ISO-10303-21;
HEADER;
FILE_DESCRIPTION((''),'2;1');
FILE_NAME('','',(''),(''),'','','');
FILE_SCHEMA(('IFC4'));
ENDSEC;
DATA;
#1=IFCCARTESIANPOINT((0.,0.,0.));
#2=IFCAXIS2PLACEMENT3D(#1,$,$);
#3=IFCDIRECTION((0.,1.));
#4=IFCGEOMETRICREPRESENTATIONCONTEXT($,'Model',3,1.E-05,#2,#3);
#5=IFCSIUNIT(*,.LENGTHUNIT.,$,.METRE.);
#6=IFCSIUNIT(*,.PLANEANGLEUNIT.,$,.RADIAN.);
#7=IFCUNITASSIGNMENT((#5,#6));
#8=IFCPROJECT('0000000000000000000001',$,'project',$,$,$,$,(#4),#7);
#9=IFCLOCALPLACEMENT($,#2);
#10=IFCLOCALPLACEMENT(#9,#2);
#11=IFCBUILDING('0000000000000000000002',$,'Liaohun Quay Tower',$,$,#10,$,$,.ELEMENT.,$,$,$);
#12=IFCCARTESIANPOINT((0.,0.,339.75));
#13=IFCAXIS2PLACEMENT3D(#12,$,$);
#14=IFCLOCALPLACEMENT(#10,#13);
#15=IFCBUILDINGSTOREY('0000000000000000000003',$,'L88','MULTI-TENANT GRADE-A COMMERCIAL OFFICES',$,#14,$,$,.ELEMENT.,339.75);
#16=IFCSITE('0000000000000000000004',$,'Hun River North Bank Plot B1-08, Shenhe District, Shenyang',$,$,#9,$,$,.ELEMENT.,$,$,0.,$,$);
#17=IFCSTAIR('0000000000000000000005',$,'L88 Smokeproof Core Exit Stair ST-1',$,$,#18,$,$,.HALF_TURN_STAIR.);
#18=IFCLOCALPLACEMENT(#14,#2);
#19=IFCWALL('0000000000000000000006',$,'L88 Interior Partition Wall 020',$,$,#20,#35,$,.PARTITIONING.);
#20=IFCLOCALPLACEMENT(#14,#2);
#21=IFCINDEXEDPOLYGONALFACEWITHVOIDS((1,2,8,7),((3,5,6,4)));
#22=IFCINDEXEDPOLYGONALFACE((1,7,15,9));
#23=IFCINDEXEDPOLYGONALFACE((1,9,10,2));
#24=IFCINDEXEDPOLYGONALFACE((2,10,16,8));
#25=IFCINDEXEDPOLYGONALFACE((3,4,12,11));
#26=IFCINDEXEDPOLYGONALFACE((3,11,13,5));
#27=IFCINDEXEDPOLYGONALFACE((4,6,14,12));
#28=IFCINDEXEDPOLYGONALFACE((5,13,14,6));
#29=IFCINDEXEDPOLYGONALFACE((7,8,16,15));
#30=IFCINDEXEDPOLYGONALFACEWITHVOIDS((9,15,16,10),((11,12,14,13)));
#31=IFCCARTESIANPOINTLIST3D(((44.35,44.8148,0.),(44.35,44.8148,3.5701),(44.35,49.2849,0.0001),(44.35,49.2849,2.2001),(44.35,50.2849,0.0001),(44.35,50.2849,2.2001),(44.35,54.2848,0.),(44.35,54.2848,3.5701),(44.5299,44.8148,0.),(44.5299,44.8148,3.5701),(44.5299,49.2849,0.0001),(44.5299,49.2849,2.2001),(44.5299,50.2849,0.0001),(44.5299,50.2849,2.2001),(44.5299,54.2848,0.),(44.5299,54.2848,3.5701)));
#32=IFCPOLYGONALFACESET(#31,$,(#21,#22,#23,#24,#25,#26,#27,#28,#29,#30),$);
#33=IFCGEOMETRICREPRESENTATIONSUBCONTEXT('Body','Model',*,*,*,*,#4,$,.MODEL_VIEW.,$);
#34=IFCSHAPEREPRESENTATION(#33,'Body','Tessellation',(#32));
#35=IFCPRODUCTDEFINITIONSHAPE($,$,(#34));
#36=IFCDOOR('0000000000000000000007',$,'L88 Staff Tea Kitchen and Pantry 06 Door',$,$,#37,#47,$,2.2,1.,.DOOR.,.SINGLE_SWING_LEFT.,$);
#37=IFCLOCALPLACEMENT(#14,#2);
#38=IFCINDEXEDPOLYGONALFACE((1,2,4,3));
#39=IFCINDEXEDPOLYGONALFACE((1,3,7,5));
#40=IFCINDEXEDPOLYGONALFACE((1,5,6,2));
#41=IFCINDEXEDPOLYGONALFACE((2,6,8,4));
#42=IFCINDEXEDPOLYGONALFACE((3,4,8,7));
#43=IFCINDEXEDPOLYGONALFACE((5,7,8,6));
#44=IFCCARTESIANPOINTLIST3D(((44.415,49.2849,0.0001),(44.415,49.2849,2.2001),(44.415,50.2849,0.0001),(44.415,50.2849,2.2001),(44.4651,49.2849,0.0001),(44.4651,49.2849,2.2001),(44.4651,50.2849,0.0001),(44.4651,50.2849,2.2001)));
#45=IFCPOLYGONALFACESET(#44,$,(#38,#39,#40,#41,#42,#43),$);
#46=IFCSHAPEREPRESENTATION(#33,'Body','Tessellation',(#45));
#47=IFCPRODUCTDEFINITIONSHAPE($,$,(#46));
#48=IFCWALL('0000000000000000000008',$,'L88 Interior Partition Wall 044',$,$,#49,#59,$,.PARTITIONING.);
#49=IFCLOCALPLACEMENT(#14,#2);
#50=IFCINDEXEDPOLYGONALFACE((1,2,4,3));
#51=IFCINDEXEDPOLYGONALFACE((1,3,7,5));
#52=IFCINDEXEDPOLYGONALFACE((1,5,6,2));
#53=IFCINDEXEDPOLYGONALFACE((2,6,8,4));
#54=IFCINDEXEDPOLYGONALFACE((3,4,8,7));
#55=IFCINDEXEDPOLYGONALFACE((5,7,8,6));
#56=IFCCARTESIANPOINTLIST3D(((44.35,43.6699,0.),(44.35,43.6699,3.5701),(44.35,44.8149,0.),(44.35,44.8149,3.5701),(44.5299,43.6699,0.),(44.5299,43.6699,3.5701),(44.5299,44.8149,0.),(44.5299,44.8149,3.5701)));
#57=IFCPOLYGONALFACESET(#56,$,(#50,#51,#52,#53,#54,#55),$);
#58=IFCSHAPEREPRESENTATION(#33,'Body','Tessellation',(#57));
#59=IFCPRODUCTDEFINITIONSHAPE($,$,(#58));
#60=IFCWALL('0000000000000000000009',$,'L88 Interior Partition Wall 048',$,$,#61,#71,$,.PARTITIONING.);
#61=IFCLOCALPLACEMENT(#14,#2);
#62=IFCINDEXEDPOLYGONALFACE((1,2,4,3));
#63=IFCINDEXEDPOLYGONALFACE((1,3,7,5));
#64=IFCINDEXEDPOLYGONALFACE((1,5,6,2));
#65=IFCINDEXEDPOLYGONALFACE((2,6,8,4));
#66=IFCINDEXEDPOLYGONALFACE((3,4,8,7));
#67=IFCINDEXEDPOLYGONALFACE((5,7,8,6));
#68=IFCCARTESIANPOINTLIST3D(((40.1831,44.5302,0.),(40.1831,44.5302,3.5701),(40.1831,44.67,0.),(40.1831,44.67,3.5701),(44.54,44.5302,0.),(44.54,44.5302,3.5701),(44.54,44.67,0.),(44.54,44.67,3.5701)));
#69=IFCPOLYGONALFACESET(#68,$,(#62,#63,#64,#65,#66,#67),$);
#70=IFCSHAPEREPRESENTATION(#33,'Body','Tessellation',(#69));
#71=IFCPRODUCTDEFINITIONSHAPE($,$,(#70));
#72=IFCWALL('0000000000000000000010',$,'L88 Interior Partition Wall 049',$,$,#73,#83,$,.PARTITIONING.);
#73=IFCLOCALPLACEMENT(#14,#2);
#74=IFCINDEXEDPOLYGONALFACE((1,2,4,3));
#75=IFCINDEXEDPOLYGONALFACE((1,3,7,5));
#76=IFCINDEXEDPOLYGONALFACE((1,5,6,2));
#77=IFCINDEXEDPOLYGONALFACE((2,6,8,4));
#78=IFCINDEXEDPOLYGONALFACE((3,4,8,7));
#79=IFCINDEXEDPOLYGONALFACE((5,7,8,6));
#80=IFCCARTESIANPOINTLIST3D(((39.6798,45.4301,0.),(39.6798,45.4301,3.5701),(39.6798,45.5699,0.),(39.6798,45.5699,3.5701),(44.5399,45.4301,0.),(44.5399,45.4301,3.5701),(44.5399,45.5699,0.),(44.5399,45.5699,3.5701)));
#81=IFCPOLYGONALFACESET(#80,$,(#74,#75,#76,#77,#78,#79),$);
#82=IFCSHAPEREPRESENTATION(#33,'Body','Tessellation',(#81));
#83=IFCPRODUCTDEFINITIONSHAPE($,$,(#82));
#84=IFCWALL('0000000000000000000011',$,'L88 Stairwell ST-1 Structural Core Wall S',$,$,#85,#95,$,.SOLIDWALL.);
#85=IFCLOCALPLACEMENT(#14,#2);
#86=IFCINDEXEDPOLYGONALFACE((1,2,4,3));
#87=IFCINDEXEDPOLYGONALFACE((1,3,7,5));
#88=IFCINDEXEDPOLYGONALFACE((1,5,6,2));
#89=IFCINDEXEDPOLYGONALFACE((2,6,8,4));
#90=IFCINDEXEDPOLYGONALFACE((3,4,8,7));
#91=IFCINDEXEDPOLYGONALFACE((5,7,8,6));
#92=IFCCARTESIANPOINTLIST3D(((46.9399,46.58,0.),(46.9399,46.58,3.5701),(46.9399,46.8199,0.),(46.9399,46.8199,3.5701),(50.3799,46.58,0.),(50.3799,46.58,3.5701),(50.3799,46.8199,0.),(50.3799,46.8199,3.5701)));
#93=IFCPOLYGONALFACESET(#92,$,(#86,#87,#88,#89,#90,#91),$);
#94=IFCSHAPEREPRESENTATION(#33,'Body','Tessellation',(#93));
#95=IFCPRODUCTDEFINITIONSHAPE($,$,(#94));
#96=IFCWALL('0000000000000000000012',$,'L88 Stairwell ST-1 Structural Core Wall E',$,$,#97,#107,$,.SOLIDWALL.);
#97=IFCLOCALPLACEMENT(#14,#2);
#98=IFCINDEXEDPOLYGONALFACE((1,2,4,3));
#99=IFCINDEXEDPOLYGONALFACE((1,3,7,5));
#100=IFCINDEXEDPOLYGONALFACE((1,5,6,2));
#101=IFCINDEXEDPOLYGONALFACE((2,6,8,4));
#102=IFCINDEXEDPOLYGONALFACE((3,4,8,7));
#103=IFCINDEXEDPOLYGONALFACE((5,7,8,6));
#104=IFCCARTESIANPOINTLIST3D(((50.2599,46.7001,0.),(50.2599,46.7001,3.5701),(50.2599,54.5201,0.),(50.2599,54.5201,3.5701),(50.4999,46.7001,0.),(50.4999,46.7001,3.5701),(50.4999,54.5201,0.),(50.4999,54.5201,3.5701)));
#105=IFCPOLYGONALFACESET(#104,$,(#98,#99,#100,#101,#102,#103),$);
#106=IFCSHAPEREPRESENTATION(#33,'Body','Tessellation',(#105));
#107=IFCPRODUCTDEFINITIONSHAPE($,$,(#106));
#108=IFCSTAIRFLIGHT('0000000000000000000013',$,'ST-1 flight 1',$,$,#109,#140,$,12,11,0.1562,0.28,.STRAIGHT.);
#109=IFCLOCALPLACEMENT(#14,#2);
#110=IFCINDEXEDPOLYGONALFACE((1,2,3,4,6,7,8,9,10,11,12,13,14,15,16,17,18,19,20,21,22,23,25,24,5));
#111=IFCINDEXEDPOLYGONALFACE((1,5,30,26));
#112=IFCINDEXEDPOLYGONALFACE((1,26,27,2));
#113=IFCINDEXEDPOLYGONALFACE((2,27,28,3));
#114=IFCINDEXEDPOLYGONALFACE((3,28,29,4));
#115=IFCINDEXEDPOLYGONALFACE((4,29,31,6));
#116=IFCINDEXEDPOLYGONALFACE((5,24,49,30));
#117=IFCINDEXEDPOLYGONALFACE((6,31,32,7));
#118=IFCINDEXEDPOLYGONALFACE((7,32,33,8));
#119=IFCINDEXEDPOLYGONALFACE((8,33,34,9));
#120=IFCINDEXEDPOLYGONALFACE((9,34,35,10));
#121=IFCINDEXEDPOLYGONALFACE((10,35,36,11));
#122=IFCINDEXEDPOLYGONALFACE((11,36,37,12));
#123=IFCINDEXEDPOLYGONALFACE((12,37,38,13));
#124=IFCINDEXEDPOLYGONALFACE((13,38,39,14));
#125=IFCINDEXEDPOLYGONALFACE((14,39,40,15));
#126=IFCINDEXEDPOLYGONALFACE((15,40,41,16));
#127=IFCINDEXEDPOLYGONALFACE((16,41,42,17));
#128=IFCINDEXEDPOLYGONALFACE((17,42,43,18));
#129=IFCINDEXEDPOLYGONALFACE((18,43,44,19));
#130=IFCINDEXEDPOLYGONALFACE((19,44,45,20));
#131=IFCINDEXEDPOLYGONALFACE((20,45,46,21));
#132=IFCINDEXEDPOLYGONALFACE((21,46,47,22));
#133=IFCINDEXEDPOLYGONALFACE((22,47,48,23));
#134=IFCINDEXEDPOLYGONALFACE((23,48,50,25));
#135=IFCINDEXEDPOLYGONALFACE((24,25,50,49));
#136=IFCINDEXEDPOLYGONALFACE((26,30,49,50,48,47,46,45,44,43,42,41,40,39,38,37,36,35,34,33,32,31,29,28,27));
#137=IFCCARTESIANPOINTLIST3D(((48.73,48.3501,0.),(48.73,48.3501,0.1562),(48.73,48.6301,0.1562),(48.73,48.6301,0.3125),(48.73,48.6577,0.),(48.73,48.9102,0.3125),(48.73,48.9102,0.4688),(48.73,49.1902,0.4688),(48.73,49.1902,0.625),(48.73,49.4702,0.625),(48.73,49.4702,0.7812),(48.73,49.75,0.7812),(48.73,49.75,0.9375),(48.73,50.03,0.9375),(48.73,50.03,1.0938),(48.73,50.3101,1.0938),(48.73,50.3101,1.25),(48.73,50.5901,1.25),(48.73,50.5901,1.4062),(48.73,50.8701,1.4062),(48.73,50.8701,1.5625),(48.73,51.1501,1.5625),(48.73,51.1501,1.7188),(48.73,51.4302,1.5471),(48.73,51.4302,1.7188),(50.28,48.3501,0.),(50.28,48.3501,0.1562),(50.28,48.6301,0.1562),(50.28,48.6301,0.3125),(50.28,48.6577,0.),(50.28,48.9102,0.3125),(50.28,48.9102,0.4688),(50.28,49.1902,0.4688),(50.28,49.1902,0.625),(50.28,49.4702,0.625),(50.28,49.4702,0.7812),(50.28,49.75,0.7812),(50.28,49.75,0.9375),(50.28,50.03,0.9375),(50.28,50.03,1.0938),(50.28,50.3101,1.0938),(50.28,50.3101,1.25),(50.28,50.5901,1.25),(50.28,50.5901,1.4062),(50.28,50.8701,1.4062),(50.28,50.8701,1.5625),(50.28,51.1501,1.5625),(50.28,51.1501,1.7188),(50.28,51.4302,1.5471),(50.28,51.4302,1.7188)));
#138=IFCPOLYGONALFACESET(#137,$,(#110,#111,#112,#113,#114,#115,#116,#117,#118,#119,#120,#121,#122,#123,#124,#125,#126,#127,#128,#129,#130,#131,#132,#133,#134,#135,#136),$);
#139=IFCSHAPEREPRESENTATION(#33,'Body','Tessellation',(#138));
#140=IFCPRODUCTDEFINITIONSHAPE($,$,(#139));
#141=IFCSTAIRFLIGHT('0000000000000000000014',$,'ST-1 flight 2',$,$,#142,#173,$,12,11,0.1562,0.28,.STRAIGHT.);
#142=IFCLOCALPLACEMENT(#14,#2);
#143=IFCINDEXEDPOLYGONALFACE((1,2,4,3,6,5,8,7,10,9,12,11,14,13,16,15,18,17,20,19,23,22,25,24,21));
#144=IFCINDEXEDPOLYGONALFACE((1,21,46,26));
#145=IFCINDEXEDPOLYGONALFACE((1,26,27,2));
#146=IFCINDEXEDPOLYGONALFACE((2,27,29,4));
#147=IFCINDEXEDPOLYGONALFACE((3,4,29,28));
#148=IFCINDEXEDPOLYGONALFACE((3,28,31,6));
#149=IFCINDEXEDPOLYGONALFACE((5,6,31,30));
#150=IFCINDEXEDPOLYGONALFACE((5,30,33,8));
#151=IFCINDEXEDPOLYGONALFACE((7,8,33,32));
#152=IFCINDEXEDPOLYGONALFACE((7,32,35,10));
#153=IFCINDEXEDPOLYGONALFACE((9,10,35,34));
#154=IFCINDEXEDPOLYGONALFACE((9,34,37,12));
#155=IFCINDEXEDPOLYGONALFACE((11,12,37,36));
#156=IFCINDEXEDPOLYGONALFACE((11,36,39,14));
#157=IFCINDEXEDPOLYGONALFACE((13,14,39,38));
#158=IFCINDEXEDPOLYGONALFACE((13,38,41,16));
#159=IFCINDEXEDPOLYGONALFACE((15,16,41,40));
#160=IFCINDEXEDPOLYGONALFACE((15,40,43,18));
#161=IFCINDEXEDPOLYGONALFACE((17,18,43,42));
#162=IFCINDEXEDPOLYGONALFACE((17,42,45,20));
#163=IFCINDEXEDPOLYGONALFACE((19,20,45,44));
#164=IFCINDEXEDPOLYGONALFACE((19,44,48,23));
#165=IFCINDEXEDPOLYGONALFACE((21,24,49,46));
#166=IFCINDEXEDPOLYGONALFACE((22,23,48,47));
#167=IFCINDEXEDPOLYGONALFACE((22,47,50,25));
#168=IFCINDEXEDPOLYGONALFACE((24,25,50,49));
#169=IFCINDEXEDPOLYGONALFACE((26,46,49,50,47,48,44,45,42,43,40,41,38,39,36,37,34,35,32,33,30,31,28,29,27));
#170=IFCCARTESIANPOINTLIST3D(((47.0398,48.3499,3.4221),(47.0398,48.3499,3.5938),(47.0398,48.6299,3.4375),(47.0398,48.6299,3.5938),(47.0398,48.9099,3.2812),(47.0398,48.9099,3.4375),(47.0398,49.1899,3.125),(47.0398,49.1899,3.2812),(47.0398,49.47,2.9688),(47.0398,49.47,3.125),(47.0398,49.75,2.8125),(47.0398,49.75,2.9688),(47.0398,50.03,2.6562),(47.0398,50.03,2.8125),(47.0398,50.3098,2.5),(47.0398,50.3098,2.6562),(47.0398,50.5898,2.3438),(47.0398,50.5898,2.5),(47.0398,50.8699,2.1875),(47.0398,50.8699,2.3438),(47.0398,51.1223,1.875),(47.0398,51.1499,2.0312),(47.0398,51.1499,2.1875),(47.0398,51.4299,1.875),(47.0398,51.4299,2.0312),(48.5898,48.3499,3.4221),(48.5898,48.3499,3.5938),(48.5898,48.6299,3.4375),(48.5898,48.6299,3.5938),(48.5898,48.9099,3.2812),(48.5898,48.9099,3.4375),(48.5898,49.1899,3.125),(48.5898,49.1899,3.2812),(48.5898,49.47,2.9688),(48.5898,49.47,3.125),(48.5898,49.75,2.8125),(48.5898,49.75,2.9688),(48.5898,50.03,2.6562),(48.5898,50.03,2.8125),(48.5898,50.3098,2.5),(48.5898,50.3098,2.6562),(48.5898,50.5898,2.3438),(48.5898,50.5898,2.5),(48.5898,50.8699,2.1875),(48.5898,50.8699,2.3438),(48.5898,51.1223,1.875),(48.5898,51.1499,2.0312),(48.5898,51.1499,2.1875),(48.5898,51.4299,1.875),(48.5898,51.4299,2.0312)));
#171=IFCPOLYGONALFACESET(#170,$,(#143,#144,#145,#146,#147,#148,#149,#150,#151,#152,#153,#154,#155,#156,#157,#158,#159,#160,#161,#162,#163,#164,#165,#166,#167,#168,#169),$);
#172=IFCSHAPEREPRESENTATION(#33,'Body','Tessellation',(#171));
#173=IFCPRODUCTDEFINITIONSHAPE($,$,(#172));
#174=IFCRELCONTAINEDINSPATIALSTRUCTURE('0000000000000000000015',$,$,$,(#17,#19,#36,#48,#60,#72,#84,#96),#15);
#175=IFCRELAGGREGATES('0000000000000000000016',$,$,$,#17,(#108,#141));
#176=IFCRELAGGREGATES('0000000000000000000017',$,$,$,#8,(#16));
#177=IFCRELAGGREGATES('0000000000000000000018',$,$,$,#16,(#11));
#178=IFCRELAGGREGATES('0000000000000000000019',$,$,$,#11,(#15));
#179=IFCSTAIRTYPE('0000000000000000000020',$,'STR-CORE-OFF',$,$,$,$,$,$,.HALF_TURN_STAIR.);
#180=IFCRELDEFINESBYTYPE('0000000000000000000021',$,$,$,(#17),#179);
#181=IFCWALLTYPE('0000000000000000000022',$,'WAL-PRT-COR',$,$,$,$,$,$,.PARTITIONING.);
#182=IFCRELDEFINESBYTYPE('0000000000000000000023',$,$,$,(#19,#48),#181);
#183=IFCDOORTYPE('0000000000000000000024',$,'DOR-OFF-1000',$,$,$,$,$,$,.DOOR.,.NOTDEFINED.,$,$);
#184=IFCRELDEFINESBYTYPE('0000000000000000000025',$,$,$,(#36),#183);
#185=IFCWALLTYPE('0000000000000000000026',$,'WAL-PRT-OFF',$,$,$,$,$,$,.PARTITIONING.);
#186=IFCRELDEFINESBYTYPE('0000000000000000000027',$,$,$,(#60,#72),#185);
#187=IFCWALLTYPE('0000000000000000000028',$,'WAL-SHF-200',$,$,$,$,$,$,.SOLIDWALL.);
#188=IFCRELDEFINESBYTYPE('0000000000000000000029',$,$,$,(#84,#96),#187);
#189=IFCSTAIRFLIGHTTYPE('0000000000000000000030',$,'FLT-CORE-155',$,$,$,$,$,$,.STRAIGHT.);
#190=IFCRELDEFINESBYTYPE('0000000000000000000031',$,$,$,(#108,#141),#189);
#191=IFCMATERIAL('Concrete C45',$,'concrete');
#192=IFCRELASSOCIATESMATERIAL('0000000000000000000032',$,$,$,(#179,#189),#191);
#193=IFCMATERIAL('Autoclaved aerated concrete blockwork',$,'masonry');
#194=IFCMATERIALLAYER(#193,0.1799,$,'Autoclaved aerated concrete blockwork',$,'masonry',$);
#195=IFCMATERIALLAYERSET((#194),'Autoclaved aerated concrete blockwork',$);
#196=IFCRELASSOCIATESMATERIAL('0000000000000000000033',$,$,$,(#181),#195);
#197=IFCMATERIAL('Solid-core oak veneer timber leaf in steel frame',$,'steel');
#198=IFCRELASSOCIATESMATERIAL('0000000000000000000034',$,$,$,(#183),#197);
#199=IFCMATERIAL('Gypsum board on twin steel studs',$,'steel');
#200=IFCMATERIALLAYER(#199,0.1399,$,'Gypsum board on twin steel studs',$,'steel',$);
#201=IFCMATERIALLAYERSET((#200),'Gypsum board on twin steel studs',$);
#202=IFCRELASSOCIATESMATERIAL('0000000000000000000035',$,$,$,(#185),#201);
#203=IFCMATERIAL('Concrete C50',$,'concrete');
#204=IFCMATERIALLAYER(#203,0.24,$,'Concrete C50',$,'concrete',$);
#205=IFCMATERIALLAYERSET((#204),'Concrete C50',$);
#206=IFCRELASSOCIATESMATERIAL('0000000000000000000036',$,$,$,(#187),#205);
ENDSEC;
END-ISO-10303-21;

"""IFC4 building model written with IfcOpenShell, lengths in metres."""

from ifc_helpers import new_model, si_unit, direction, frame, frame_2d, origin, place, context, subcontext, project, spatial, polyline, rectangle, outline, extrude, source, transform, mapped, material, layer, layer_set, type_object, element, fill, aggregate, save


model = new_model("IFC4")

# Units and contexts
model_context = context("Model", 3, precision=1e-05, world=origin(), true_north=direction((0.0, 1.0)))
body_context = subcontext(model_context, "Body", "Model", "MODEL_VIEW")
ifc_project = project(units=[si_unit("LENGTHUNIT", "METRE"), si_unit("PLANEANGLEUNIT", "RADIAN")], contexts=[model_context])

# Site, building, storey
site_placement = place(None, origin())
site = spatial("IfcSite", under=ifc_project, at=site_placement, Name="Hun River North Bank Plot B1-08, Shenhe District, Shenyang", CompositionType="ELEMENT", RefElevation=0.0)
building_placement = place(site_placement, origin())
building = spatial("IfcBuilding", under=site, at=building_placement, Name="Liaohun Quay Tower", CompositionType="ELEMENT")
storey_placement = place(building_placement, frame((0.0, 0.0, 339.75)))
storey = spatial("IfcBuildingStorey", under=building, at=storey_placement, Name="L88", Description="MULTI-TENANT GRADE-A COMMERCIAL OFFICES", CompositionType="ELEMENT", Elevation=339.75)

# Shared definitions
ifc_material_1 = material(Name="Concrete C50", Category="concrete")

# Stair
ifc_material_2 = material(Name="Concrete C45", Category="concrete")
stair_type = type_object("IfcStairType", Name="STR-CORE-OFF", PredefinedType="HALF_TURN_STAIR", material=ifc_material_2)
stair_1_placement = place(storey_placement, origin())
stair_1 = element("IfcStair", 1, at=stair_1_placement, inside=storey, type_object=stair_type, Name="L88 Smokeproof Core Exit Stair ST-1", PredefinedType="HALF_TURN_STAIR")

# Wall, opening, door
ifc_material_3 = material(Name="Autoclaved aerated concrete blockwork", Category="masonry")
ifc_layer_1 = layer(ifc_material_3, 0.1799, Name="Autoclaved aerated concrete blockwork", Category="masonry")
ifc_layer_set_1 = layer_set([ifc_layer_1], Name="Autoclaved aerated concrete blockwork")
wall_type_1 = type_object("IfcWallType", Name="WAL-PRT-COR", PredefinedType="PARTITIONING", material=ifc_layer_set_1)
wall_1_placement = place(storey_placement, frame((44.4399, 44.8149, 0.0), z_axis=(0.0, 0.0, 1.0), x_axis=(0.0, 1.0, 0.0)))
wall_1 = element("IfcWall", 2, at=wall_1_placement, inside=storey, type_object=wall_type_1, Name="L88 Interior Partition Wall 020", PredefinedType="PARTITIONING", context=body_context, shape_type="SweptSolid", body=[
    extrude(rectangle(XDim=9.47, YDim=0.1799, at=frame_2d((4.7349, 0.0))), origin(), (0.0, 0.0, 1.0), 3.5701),
])
shared_shape_1 = source(origin(), body_context, "Body", "SweptSolid", [
    extrude(rectangle(XDim=1.0, YDim=2.2, at=frame_2d((0.5, 1.1001))), frame((0.0, 0.0999, 0.0), z_axis=(0.0, -1.0, 0.0), x_axis=(1.0, 0.0, 0.0)), (0.0, 0.0, 1.0), 0.2),
])
opening_1_placement = place(wall_1_placement, frame((4.47, 0.0, 0.0)))
opening_1 = element("IfcOpeningElement", 3, at=opening_1_placement, cuts=wall_1, PredefinedType="OPENING", context=body_context, shape_type="MappedRepresentation", body=[
    mapped(shared_shape_1, transform((0.0, 0.0, 0.0), x_axis=(1.0, 0.0, 0.0), y_axis=(0.0, 1.0, 0.0), z_axis=(0.0, 0.0, 1.0), scale=1.0)),
])
ifc_material_4 = material(Name="Solid-core oak veneer timber leaf in steel frame", Category="steel")
door_type = type_object("IfcDoorType", Name="DOR-OFF-1000", OperationType="NOTDEFINED", PredefinedType="DOOR", material=ifc_material_4)
shared_shape_2 = source(origin(), body_context, "Body", "SweptSolid", [
    extrude(rectangle(XDim=1.0, YDim=2.2, at=frame_2d((0.5, 1.1001))), frame((0.0, 0.0249, 0.0), z_axis=(0.0, -1.0, 0.0), x_axis=(1.0, 0.0, 0.0)), (0.0, 0.0, 1.0), 0.05),
])
door_placement = place(opening_1_placement, origin())
door = element("IfcDoor", 4, at=door_placement, inside=storey, type_object=door_type, Name="L88 Staff Tea Kitchen and Pantry 06 Door", OperationType="SINGLE_SWING_LEFT", OverallHeight=2.2, OverallWidth=1.0, PredefinedType="DOOR", context=body_context, shape_type="MappedRepresentation", body=[
    mapped(shared_shape_2, transform((0.0, 0.0, 0.0), x_axis=(1.0, 0.0, 0.0), y_axis=(0.0, 1.0, 0.0), z_axis=(0.0, 0.0, 1.0), scale=1.0)),
])
fill(opening_1, door)

# Walls
wall_2_placement = place(storey_placement, frame((44.4399, 43.6699, 0.0), z_axis=(0.0, 0.0, 1.0), x_axis=(0.0, 1.0, 0.0)))
element("IfcWall", 5, at=wall_2_placement, inside=storey, type_object=wall_type_1, Name="L88 Interior Partition Wall 044", PredefinedType="PARTITIONING", context=body_context, shape_type="SweptSolid", body=[
    extrude(rectangle(XDim=1.145, YDim=0.1799, at=frame_2d((0.5725, 0.0))), origin(), (0.0, 0.0, 1.0), 3.5701),
])
ifc_material_5 = material(Name="Gypsum board on twin steel studs", Category="steel")
ifc_layer_2 = layer(ifc_material_5, 0.1399, Name="Gypsum board on twin steel studs", Category="steel")
ifc_layer_set_2 = layer_set([ifc_layer_2], Name="Gypsum board on twin steel studs")
wall_type_2 = type_object("IfcWallType", Name="WAL-PRT-OFF", PredefinedType="PARTITIONING", material=ifc_layer_set_2)
wall_3_placement = place(storey_placement, frame((44.54, 44.6001, 0.0), z_axis=(0.0, 0.0, 1.0), x_axis=(-1.0, 0.0, 0.0)))
element("IfcWall", 6, at=wall_3_placement, inside=storey, type_object=wall_type_2, Name="L88 Interior Partition Wall 048", PredefinedType="PARTITIONING", context=body_context, shape_type="SweptSolid", body=[
    extrude(rectangle(XDim=4.3569, YDim=0.1399, at=frame_2d((2.1785, 0.0))), origin(), (0.0, 0.0, 1.0), 3.5701),
])
wall_4_placement = place(storey_placement, frame((44.54, 45.5, 0.0), z_axis=(0.0, 0.0, 1.0), x_axis=(-1.0, 0.0, 0.0)))
element("IfcWall", 7, at=wall_4_placement, inside=storey, type_object=wall_type_2, Name="L88 Interior Partition Wall 049", PredefinedType="PARTITIONING", context=body_context, shape_type="SweptSolid", body=[
    extrude(rectangle(XDim=4.8601, YDim=0.1399, at=frame_2d((2.4302, 0.0))), origin(), (0.0, 0.0, 1.0), 3.5701),
])
ifc_layer_3 = layer(ifc_material_1, 0.24, Name="Concrete C50", Category="concrete")
ifc_layer_set_3 = layer_set([ifc_layer_3], Name="Concrete C50")
wall_type_3 = type_object("IfcWallType", Name="WAL-SHF-200", PredefinedType="SOLIDWALL", material=ifc_layer_set_3)
wall_5_placement = place(storey_placement, frame((46.9399, 46.7, 0.0), z_axis=(0.0, 0.0, 1.0), x_axis=(1.0, 0.0, 0.0)))
element("IfcWall", 8, at=wall_5_placement, inside=storey, type_object=wall_type_3, Name="L88 Stairwell ST-1 Structural Core Wall S", PredefinedType="SOLIDWALL", context=body_context, shape_type="SweptSolid", body=[
    extrude(rectangle(XDim=3.4399, YDim=0.24, at=frame_2d((1.72, 0.0))), origin(), (0.0, 0.0, 1.0), 3.5701),
])
wall_6_placement = place(storey_placement, frame((50.3799, 46.7, 0.0), z_axis=(0.0, 0.0, 1.0), x_axis=(0.0, 1.0, 0.0)))
element("IfcWall", 9, at=wall_6_placement, inside=storey, type_object=wall_type_3, Name="L88 Stairwell ST-1 Structural Core Wall E", PredefinedType="SOLIDWALL", context=body_context, shape_type="SweptSolid", body=[
    extrude(rectangle(XDim=7.8201, YDim=0.24, at=frame_2d((3.9102, 0.0))), origin(), (0.0, 0.0, 1.0), 3.5701),
])

# Stair flights
stair_flight_type = type_object("IfcStairFlightType", Name="FLT-CORE-155", PredefinedType="STRAIGHT", material=ifc_material_2)
stair_flight_1_placement = place(storey_placement, frame((49.5049, 48.3501, 0.0), z_axis=(0.0, 0.0, 1.0), x_axis=(0.0, 1.0, 0.0)))
stair_flight_1 = element("IfcStairFlight", 10, at=stair_flight_1_placement, type_object=stair_flight_type, Name="ST-1 flight 1", NumberOfRisers=12, NumberOfTreads=11, PredefinedType="STRAIGHT", RiserHeight=0.1562, TreadLength=0.28, context=body_context, shape_type="SweptSolid", body=[
    extrude(outline(polyline([(0.0, 0.0), (0.0, 0.1562), (0.28, 0.1562), (0.28, 0.3125), (0.5601, 0.3125), (0.5601, 0.4688), (0.8401, 0.4688), (0.8401, 0.625), (1.1201, 0.625), (1.1201, 0.7812), (1.3999, 0.7812), (1.3999, 0.9375), (1.6799, 0.9375), (1.6799, 1.0938), (1.96, 1.0938), (1.96, 1.25), (2.24, 1.25), (2.24, 1.4062), (2.52, 1.4062), (2.52, 1.5625), (2.8, 1.5625), (2.8, 1.7188), (3.0801, 1.7188), (3.0801, 1.875), (3.0801, 1.5471), (0.3076, 0.0), (0.0, 0.0)])), frame((0.0, 0.7749, 0.0), z_axis=(0.0, -1.0, 0.0), x_axis=(1.0, 0.0, 0.0)), (0.0, 0.0, 1.0), 1.55),
])
stair_flight_2_placement = place(storey_placement, frame((47.8149, 51.4299, 1.875), z_axis=(0.0, 0.0, 1.0), x_axis=(0.0, -1.0, 0.0)))
stair_flight_2 = element("IfcStairFlight", 11, at=stair_flight_2_placement, type_object=stair_flight_type, Name="ST-1 flight 2", NumberOfRisers=12, NumberOfTreads=11, PredefinedType="STRAIGHT", RiserHeight=0.1562, TreadLength=0.28, context=body_context, shape_type="SweptSolid", body=[
    extrude(outline(polyline([(0.0, 0.0), (0.0, 0.1562), (0.28, 0.1562), (0.28, 0.3125), (0.5601, 0.3125), (0.5601, 0.4688), (0.8401, 0.4688), (0.8401, 0.625), (1.1201, 0.625), (1.1201, 0.7812), (1.3999, 0.7812), (1.3999, 0.9375), (1.6799, 0.9375), (1.6799, 1.0938), (1.96, 1.0938), (1.96, 1.25), (2.24, 1.25), (2.24, 1.4062), (2.52, 1.4062), (2.52, 1.5625), (2.8, 1.5625), (2.8, 1.7188), (3.0801, 1.7188), (3.0801, 1.875), (3.0801, 1.5471), (0.3076, 0.0), (0.0, 0.0)])), frame((0.0, 0.7749, 0.0), z_axis=(0.0, -1.0, 0.0), x_axis=(1.0, 0.0, 0.0)), (0.0, 0.0, 1.0), 1.55),
])
aggregate(stair_1, [stair_flight_1, stair_flight_2])

save(model, "model.ifc")
